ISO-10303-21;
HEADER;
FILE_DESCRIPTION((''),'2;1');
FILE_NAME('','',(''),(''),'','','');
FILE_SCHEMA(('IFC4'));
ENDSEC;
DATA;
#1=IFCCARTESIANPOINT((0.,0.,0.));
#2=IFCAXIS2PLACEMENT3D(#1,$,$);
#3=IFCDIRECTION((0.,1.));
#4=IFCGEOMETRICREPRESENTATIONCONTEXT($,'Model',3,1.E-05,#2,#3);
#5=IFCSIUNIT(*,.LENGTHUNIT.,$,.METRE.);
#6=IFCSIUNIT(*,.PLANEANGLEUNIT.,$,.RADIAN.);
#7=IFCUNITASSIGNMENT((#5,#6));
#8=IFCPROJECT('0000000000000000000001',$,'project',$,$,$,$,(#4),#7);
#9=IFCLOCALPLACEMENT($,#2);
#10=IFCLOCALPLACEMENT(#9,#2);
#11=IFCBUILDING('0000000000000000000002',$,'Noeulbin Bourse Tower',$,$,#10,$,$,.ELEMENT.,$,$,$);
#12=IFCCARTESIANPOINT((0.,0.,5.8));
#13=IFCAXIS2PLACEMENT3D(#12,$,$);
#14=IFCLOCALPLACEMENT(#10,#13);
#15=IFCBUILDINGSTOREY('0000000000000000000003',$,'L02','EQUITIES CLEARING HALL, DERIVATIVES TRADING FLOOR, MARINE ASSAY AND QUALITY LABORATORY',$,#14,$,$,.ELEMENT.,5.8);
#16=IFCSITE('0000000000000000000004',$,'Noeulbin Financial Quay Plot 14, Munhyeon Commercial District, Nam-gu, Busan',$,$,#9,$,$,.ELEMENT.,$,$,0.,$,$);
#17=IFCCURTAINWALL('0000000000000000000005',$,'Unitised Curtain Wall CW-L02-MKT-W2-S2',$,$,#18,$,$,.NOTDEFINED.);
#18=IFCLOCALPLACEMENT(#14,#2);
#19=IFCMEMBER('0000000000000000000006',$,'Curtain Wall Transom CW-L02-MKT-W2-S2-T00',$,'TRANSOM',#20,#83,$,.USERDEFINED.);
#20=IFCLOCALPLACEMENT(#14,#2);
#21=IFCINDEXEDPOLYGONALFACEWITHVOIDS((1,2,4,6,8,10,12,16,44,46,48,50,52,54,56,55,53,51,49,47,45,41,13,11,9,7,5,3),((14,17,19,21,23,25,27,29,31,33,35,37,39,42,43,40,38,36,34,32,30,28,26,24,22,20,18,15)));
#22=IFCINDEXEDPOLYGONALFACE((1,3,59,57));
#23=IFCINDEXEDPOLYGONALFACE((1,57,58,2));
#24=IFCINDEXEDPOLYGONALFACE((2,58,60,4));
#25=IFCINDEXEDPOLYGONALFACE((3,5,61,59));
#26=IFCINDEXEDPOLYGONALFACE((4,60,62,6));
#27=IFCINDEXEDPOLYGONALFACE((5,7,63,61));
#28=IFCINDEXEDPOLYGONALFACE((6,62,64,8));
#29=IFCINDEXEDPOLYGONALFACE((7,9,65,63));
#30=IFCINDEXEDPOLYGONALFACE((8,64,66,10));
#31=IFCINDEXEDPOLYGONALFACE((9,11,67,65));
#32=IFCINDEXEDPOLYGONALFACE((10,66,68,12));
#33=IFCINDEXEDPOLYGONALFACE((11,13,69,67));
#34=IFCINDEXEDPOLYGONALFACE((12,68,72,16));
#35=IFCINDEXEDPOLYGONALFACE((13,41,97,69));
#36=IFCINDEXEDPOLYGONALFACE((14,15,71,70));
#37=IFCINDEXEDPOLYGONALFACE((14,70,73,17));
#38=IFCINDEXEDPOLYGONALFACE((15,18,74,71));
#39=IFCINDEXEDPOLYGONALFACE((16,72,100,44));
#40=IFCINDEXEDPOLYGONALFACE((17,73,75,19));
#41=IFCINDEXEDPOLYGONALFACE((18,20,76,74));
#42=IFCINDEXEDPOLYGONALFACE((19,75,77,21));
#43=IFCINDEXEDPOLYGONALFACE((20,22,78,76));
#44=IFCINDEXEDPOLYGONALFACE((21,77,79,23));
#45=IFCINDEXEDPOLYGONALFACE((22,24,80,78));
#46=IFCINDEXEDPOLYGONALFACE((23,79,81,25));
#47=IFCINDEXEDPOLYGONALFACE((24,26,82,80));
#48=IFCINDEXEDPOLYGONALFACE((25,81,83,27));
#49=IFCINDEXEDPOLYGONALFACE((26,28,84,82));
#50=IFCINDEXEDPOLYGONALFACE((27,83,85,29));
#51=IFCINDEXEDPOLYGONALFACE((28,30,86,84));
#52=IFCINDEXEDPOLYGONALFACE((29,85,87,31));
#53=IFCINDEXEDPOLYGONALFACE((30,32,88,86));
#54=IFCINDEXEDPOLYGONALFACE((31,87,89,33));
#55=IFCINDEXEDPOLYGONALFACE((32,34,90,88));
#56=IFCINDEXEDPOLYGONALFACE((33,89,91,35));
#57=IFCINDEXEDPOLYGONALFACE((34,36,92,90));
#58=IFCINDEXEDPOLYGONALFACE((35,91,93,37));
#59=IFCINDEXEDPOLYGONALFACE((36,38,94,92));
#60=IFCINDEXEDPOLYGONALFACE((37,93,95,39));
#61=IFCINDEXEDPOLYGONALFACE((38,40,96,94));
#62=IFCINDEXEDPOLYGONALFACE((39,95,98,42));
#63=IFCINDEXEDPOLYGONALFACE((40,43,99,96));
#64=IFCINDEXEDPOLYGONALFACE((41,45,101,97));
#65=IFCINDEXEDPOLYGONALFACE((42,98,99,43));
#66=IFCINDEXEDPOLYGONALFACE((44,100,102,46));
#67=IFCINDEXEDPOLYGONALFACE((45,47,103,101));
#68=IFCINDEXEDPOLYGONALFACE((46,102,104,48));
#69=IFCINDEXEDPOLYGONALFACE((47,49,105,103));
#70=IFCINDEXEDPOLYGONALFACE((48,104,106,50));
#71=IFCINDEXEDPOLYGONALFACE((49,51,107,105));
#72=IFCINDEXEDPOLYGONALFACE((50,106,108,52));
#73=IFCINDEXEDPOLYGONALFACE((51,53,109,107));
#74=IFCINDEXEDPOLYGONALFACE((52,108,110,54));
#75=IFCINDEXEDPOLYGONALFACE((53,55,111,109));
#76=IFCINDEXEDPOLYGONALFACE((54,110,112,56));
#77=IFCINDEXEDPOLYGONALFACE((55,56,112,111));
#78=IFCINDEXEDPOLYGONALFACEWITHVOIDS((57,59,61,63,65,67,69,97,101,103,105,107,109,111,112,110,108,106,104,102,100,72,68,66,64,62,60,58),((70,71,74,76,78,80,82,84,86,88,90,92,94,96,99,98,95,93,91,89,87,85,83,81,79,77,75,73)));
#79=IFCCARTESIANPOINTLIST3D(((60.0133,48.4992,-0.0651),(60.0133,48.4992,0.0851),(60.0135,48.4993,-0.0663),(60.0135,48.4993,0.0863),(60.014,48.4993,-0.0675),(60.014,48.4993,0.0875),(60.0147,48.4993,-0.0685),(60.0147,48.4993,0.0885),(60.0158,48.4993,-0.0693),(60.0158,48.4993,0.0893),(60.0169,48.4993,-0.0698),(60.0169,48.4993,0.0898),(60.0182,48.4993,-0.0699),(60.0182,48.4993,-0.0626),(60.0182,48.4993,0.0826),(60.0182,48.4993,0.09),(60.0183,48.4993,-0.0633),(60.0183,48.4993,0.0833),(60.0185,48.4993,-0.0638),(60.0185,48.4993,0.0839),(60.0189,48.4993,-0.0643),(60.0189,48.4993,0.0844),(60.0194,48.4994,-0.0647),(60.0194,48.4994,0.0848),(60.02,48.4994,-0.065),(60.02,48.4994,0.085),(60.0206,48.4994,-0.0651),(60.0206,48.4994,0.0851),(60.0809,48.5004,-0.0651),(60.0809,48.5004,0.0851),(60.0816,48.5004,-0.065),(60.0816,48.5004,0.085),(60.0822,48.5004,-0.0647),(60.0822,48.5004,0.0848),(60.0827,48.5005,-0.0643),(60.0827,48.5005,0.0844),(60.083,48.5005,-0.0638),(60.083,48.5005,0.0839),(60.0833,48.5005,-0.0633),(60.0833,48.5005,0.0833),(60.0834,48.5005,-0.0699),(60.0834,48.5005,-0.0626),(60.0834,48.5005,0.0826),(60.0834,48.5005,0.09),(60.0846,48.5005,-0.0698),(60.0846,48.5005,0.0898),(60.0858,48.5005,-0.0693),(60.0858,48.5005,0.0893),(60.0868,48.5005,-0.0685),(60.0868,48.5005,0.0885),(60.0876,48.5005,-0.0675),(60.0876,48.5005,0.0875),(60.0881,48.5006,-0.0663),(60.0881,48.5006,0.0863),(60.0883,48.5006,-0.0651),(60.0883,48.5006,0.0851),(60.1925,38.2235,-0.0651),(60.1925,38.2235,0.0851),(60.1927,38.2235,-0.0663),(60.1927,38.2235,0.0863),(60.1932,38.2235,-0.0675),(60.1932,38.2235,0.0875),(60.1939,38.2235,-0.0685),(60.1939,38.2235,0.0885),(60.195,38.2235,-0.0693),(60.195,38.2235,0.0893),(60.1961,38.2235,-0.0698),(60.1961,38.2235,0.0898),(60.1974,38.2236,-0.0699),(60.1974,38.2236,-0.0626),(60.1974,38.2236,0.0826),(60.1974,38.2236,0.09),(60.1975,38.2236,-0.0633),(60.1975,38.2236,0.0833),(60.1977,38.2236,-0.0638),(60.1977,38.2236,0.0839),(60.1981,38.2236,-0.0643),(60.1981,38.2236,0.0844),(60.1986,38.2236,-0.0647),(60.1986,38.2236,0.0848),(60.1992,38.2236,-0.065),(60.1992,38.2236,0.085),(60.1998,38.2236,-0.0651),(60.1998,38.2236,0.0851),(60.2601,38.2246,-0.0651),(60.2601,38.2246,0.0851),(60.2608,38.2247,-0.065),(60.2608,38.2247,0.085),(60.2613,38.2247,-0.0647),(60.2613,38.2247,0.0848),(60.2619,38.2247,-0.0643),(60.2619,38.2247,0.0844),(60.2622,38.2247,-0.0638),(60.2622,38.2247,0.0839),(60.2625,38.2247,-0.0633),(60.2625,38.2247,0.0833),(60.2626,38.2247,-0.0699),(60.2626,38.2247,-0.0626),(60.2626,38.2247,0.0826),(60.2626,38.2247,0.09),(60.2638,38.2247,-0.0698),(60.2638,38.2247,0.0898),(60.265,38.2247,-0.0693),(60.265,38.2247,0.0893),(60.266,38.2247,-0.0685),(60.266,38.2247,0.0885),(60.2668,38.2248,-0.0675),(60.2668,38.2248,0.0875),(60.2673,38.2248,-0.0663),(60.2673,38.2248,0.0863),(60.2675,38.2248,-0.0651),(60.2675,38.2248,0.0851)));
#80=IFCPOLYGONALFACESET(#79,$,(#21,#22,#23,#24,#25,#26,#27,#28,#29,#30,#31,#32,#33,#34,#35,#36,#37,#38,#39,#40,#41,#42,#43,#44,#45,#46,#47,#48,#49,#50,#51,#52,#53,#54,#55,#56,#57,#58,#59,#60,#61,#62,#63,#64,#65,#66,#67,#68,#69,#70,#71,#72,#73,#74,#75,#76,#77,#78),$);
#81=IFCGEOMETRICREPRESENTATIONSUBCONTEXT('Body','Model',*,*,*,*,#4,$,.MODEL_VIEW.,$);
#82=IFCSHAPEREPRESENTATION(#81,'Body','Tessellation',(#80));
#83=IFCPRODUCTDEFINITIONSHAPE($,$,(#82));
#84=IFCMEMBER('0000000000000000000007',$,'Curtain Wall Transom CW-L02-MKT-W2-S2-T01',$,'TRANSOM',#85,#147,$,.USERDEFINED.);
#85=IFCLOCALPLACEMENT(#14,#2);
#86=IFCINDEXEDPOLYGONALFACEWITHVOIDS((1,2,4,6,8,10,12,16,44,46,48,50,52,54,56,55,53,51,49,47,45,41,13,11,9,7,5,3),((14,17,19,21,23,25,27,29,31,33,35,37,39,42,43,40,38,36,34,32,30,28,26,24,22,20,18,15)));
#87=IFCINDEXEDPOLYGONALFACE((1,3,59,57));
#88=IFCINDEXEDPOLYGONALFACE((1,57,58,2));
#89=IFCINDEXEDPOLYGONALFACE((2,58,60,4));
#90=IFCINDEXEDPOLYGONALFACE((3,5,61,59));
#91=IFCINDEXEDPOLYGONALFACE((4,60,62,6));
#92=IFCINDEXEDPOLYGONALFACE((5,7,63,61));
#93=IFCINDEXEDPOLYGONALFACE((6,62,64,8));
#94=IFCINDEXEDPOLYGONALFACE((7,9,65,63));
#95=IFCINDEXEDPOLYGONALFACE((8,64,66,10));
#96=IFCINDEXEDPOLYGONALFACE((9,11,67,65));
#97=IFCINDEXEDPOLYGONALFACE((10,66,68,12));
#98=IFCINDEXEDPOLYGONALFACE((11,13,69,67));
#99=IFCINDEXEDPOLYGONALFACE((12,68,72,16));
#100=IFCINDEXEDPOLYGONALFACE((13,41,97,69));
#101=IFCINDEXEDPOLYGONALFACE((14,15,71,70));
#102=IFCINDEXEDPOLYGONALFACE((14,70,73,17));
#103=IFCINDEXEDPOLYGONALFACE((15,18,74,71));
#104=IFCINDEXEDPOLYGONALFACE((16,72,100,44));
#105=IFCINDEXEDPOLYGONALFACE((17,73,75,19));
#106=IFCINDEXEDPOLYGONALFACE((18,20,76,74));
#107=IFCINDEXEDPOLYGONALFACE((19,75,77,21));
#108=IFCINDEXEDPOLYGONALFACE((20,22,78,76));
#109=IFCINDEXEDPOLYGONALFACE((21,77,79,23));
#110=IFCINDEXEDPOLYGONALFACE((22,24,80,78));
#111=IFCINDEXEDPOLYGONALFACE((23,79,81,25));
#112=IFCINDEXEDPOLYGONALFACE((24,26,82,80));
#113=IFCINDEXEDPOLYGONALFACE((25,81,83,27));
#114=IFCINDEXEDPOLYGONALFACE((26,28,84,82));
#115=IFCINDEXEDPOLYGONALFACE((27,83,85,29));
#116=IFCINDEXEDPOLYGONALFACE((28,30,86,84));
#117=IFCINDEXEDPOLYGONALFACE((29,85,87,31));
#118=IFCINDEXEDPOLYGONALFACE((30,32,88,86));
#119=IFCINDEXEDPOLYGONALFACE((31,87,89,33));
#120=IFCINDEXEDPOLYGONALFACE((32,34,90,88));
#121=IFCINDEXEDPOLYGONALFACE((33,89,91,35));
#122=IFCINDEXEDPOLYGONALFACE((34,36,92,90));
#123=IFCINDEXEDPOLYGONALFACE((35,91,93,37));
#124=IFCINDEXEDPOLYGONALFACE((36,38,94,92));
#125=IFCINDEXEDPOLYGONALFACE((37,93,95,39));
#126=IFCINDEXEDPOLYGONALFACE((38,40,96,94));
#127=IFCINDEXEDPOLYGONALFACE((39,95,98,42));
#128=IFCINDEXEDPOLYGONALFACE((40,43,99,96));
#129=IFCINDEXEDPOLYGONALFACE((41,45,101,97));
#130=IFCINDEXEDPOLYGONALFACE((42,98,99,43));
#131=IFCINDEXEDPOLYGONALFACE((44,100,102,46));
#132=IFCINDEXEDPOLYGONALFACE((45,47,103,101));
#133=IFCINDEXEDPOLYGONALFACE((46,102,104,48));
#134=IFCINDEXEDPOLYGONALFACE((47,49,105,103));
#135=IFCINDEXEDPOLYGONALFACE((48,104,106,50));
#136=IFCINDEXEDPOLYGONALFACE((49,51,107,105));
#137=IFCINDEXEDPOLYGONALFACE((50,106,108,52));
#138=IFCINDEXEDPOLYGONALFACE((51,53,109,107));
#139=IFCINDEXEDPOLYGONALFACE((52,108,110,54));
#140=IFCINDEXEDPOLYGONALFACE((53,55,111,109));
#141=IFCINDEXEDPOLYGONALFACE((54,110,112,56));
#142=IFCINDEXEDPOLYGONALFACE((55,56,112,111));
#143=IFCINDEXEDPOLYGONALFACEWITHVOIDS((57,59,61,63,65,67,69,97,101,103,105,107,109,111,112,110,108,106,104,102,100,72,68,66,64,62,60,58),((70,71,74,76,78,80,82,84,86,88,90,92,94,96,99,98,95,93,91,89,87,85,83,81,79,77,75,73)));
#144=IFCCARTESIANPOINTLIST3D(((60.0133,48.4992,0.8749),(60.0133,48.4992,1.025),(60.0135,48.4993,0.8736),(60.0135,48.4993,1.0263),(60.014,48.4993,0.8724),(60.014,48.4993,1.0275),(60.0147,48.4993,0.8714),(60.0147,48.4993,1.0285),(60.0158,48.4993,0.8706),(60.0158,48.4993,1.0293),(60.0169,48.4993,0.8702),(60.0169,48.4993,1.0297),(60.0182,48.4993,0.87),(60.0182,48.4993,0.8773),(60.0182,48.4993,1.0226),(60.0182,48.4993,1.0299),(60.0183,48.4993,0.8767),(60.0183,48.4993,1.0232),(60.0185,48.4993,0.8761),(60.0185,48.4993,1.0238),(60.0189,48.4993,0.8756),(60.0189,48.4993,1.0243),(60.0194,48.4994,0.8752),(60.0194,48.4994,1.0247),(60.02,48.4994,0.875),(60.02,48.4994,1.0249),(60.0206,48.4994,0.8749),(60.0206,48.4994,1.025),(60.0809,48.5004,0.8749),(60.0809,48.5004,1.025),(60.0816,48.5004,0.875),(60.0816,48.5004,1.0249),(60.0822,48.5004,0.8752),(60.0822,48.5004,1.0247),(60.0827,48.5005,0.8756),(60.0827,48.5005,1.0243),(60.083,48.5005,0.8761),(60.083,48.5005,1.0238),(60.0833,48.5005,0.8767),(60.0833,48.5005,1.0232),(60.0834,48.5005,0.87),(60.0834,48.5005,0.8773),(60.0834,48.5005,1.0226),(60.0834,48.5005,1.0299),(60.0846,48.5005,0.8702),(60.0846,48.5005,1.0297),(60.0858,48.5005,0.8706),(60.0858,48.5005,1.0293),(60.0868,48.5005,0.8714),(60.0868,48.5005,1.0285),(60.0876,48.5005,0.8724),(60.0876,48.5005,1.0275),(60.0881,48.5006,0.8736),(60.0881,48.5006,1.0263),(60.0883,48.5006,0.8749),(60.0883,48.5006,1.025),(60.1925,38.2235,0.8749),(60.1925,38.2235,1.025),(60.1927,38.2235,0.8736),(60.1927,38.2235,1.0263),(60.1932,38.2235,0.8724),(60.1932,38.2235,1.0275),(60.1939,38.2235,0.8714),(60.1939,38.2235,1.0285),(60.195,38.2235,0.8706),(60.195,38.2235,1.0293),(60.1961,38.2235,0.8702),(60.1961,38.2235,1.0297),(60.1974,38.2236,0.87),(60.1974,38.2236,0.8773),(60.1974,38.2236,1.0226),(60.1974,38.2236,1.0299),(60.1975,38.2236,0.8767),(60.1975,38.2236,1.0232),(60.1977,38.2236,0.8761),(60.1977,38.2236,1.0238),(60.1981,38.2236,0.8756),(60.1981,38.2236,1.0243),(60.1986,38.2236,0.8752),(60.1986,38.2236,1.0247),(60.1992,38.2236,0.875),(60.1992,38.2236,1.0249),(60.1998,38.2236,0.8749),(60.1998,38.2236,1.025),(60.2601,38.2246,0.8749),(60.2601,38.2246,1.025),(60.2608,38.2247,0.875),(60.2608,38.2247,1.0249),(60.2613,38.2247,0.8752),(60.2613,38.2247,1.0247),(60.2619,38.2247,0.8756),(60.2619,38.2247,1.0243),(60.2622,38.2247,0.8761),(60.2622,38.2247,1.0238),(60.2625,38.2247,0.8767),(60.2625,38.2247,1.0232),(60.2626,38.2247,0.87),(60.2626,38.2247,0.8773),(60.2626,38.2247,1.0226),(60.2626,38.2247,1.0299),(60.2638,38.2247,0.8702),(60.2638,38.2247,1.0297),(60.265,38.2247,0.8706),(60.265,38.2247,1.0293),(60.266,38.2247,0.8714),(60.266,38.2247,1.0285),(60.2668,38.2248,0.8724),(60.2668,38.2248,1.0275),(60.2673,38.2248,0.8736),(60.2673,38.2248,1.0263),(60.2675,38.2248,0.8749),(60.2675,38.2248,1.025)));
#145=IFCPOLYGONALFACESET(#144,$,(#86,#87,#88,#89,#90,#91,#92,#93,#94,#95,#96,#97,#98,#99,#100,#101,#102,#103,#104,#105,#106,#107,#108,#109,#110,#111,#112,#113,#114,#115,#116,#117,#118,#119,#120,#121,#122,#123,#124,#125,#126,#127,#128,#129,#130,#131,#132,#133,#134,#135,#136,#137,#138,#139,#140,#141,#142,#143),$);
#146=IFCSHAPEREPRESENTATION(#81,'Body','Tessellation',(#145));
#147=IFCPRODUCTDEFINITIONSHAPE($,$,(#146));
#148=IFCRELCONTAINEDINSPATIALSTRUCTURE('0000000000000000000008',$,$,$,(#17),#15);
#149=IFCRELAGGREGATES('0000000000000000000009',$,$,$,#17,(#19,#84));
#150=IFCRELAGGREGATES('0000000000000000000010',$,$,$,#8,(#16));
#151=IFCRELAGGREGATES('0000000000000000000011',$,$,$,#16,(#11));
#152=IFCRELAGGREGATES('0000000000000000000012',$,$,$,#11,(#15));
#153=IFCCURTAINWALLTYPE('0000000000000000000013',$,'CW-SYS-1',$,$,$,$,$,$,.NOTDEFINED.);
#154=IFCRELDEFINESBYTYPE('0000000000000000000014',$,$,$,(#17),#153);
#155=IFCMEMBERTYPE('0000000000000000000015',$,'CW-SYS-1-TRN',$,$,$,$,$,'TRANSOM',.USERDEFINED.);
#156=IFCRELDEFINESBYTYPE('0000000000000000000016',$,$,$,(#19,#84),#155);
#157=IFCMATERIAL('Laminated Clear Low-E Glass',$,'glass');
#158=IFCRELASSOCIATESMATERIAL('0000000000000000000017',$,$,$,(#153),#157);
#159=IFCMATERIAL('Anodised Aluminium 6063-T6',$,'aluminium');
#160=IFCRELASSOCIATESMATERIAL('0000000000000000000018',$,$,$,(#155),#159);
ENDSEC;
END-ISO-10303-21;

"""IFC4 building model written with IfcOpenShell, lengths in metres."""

from ifc_helpers import new_model, si_unit, direction, frame, origin, origin_2d, place, context, subcontext, project, spatial, hollow_rectangle, extrude, material, material_profile, profile_set, type_object, element, aggregate, save


model = new_model("IFC4")

# Units and contexts
model_context = context("Model", 3, precision=1e-05, world=origin(), true_north=direction((0.0, 1.0)))
body_context = subcontext(model_context, "Body", "Model", "MODEL_VIEW")
ifc_project = project(units=[si_unit("LENGTHUNIT", "METRE"), si_unit("PLANEANGLEUNIT", "RADIAN")], contexts=[model_context])

# Site, building, storey
site_placement = place(None, origin())
site = spatial("IfcSite", under=ifc_project, at=site_placement, Name="Noeulbin Financial Quay Plot 14, Munhyeon Commercial District, Nam-gu, Busan", CompositionType="ELEMENT", RefElevation=0.0)
building_placement = place(site_placement, origin())
building = spatial("IfcBuilding", under=site, at=building_placement, Name="Noeulbin Bourse Tower", CompositionType="ELEMENT")
storey_placement = place(building_placement, frame((0.0, 0.0, 5.8)))
storey = spatial("IfcBuildingStorey", under=building, at=storey_placement, Name="L02", Description="EQUITIES CLEARING HALL, DERIVATIVES TRADING FLOOR, MARINE ASSAY AND QUALITY LABORATORY", CompositionType="ELEMENT", Elevation=5.8)

# Shared definitions
ifc_material_1 = material(Name="Laminated Clear Low-E Glass", Category="glass")
curtain_wall_type = type_object("IfcCurtainWallType", Name="CW-SYS-1", PredefinedType="NOTDEFINED", material=ifc_material_1)
ifc_material_2 = material(Name="Anodised Aluminium 6063-T6", Category="aluminium")

# Curtain wall, members
curtain_wall_1_placement = place(storey_placement, origin())
curtain_wall_1 = element("IfcCurtainWall", 1, at=curtain_wall_1_placement, inside=storey, type_object=curtain_wall_type, Name="Unitised Curtain Wall CW-L02-MKT-W2-S2", PredefinedType="NOTDEFINED")
ifc_material_profile_1 = material_profile(ifc_material_2, hollow_rectangle(XDim=0.075, YDim=0.1599, WallThickness=0.0049, InnerFilletRadius=0.0024, OuterFilletRadius=0.0049, at=origin_2d()), Name="ALU-TRAN-75x160x5", Category="LoadBearing")
ifc_profile_set_1 = profile_set([ifc_material_profile_1], Name="Anodised Aluminium 6063-T6")
member_type_1 = type_object("IfcMemberType", Name="CW-SYS-1-TRN", ElementType="TRANSOM", PredefinedType="USERDEFINED", material=ifc_profile_set_1)
member_1_placement = place(storey_placement, frame((60.23, 38.2241, 0.01), z_axis=(-0.017436, 0.999848, 0.0), x_axis=(-0.999848, -0.017436, 0.0)))
member_1 = element("IfcMember", 2, at=member_1_placement, type_object=member_type_1, Name="Curtain Wall Transom CW-L02-MKT-W2-S2-T00", ObjectType="TRANSOM", PredefinedType="USERDEFINED", context=body_context, shape_type="SweptSolid", body=[
    extrude(hollow_rectangle(XDim=0.075, YDim=0.1599, WallThickness=0.0049, InnerFilletRadius=0.0024, OuterFilletRadius=0.0049, at=origin_2d()), origin(), (0.0, 0.0, 1.0), 10.2773),
])
member_2_placement = place(storey_placement, frame((60.23, 38.2241, 0.95), z_axis=(-0.017436, 0.999848, 0.0), x_axis=(-0.999848, -0.017436, 0.0)))
member_2 = element("IfcMember", 3, at=member_2_placement, type_object=member_type_1, Name="Curtain Wall Transom CW-L02-MKT-W2-S2-T01", ObjectType="TRANSOM", PredefinedType="USERDEFINED", context=body_context, shape_type="SweptSolid", body=[
    extrude(hollow_rectangle(XDim=0.075, YDim=0.1599, WallThickness=0.0049, InnerFilletRadius=0.0024, OuterFilletRadius=0.0049, at=origin_2d()), origin(), (0.0, 0.0, 1.0), 10.2773),
])
aggregate(curtain_wall_1, [member_1, member_2])

save(model, "model.ifc")
